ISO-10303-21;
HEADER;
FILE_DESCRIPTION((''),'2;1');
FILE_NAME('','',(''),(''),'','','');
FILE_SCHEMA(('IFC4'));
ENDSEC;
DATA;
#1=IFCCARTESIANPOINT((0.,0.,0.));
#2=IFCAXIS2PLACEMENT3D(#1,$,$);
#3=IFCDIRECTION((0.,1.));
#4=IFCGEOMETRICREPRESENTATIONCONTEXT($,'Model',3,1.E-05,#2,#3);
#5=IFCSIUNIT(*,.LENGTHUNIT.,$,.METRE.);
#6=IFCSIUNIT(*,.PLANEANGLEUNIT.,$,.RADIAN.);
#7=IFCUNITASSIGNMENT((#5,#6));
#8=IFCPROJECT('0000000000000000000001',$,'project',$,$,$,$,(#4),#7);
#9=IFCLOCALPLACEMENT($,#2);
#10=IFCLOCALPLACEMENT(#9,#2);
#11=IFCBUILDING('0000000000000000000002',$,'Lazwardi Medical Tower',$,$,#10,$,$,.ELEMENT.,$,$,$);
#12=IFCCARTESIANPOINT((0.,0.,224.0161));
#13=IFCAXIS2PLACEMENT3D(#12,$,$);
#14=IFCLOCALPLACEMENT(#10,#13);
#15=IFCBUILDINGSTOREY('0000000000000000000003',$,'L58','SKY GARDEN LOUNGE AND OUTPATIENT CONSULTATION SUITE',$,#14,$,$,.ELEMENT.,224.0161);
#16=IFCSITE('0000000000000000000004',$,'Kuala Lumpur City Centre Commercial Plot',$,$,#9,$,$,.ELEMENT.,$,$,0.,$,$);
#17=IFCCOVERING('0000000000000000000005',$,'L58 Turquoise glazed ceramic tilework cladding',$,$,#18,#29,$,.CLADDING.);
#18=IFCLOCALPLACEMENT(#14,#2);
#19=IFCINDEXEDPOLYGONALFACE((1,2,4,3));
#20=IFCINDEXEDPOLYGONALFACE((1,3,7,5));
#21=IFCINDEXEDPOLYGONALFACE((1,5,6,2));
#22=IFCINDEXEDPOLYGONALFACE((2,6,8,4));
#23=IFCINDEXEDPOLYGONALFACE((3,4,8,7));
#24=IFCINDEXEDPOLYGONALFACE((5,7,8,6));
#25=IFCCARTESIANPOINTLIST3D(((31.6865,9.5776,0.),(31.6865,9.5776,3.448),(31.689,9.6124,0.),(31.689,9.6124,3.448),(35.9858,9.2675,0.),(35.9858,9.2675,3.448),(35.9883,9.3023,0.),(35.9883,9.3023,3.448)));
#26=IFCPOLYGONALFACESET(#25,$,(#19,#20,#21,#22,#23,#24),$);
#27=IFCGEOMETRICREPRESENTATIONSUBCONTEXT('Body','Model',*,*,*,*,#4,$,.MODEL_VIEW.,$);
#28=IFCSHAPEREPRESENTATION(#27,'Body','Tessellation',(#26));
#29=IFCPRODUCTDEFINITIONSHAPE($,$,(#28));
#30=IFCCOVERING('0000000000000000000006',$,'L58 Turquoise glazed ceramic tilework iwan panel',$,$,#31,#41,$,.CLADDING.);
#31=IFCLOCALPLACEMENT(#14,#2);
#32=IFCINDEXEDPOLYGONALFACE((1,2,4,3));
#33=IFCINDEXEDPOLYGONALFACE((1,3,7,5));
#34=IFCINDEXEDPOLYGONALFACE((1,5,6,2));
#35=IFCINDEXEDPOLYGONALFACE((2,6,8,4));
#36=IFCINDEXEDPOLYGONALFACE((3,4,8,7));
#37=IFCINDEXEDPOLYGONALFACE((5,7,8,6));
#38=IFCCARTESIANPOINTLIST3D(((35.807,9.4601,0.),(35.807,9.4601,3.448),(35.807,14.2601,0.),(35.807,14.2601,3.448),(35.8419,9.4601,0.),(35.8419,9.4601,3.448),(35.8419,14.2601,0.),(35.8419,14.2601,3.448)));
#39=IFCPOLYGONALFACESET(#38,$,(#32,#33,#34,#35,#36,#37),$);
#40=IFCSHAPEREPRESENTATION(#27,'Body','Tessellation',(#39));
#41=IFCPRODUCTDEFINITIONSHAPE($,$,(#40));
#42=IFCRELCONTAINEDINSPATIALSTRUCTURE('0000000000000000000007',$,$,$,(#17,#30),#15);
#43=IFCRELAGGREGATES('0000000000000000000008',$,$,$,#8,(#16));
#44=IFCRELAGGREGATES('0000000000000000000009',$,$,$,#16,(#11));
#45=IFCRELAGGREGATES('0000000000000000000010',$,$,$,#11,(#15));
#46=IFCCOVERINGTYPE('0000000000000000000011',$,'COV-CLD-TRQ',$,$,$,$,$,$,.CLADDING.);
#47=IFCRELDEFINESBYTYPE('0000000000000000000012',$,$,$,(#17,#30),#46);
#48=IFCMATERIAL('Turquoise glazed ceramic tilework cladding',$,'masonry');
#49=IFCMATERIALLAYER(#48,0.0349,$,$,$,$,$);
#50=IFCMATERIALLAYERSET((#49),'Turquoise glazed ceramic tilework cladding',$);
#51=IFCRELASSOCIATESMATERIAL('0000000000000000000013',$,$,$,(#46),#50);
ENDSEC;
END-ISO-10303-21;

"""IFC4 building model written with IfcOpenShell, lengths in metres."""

from ifc_helpers import new_model, si_unit, direction, frame, origin, origin_2d, place, context, subcontext, project, spatial, rectangle, extrude, material, layer, layer_set, type_object, element, save


model = new_model("IFC4")

# Units and contexts
model_context = context("Model", 3, precision=1e-05, world=origin(), true_north=direction((0.0, 1.0)))
body_context = subcontext(model_context, "Body", "Model", "MODEL_VIEW")
ifc_project = project(units=[si_unit("LENGTHUNIT", "METRE"), si_unit("PLANEANGLEUNIT", "RADIAN")], contexts=[model_context])

# Site, building, storey
site_placement = place(None, origin())
site = spatial("IfcSite", under=ifc_project, at=site_placement, Name="Kuala Lumpur City Centre Commercial Plot", CompositionType="ELEMENT", RefElevation=0.0)
building_placement = place(site_placement, origin())
building = spatial("IfcBuilding", under=site, at=building_placement, Name="Lazwardi Medical Tower", CompositionType="ELEMENT")
storey_placement = place(building_placement, frame((0.0, 0.0, 224.0161)))
storey = spatial("IfcBuildingStorey", under=building, at=storey_placement, Name="L58", Description="SKY GARDEN LOUNGE AND OUTPATIENT CONSULTATION SUITE", CompositionType="ELEMENT", Elevation=224.0161)

# Coverings
ifc_material_1 = material(Name="Turquoise glazed ceramic tilework cladding", Category="masonry")
ifc_layer_1 = layer(ifc_material_1, 0.0349)
ifc_layer_set_1 = layer_set([ifc_layer_1], Name="Turquoise glazed ceramic tilework cladding")
covering_type_1 = type_object("IfcCoveringType", Name="COV-CLD-TRQ", PredefinedType="CLADDING", material=ifc_layer_set_1)
covering_1_placement = place(storey_placement, frame((33.8374, 9.4399, 0.0), z_axis=(0.0, 0.0, 1.0), x_axis=(0.997409, -0.07194, 0.0)))
element("IfcCovering", 1, at=covering_1_placement, inside=storey, type_object=covering_type_1, Name="L58 Turquoise glazed ceramic tilework cladding", PredefinedType="CLADDING", context=body_context, shape_type="SweptSolid", body=[
    extrude(rectangle(XDim=4.3105, YDim=0.0349, at=origin_2d()), origin(), (0.0, 0.0, 1.0), 3.448),
])
covering_2_placement = place(storey_placement, frame((35.8245, 11.8601, 0.0), z_axis=(0.0, 0.0, 1.0), x_axis=(0.0, 1.0, 0.0)))
element("IfcCovering", 2, at=covering_2_placement, inside=storey, type_object=covering_type_1, Name="L58 Turquoise glazed ceramic tilework iwan panel", PredefinedType="CLADDING", context=body_context, shape_type="SweptSolid", body=[
    extrude(rectangle(XDim=4.8, YDim=0.0349, at=origin_2d()), origin(), (0.0, 0.0, 1.0), 3.448),
])

save(model, "model.ifc")
